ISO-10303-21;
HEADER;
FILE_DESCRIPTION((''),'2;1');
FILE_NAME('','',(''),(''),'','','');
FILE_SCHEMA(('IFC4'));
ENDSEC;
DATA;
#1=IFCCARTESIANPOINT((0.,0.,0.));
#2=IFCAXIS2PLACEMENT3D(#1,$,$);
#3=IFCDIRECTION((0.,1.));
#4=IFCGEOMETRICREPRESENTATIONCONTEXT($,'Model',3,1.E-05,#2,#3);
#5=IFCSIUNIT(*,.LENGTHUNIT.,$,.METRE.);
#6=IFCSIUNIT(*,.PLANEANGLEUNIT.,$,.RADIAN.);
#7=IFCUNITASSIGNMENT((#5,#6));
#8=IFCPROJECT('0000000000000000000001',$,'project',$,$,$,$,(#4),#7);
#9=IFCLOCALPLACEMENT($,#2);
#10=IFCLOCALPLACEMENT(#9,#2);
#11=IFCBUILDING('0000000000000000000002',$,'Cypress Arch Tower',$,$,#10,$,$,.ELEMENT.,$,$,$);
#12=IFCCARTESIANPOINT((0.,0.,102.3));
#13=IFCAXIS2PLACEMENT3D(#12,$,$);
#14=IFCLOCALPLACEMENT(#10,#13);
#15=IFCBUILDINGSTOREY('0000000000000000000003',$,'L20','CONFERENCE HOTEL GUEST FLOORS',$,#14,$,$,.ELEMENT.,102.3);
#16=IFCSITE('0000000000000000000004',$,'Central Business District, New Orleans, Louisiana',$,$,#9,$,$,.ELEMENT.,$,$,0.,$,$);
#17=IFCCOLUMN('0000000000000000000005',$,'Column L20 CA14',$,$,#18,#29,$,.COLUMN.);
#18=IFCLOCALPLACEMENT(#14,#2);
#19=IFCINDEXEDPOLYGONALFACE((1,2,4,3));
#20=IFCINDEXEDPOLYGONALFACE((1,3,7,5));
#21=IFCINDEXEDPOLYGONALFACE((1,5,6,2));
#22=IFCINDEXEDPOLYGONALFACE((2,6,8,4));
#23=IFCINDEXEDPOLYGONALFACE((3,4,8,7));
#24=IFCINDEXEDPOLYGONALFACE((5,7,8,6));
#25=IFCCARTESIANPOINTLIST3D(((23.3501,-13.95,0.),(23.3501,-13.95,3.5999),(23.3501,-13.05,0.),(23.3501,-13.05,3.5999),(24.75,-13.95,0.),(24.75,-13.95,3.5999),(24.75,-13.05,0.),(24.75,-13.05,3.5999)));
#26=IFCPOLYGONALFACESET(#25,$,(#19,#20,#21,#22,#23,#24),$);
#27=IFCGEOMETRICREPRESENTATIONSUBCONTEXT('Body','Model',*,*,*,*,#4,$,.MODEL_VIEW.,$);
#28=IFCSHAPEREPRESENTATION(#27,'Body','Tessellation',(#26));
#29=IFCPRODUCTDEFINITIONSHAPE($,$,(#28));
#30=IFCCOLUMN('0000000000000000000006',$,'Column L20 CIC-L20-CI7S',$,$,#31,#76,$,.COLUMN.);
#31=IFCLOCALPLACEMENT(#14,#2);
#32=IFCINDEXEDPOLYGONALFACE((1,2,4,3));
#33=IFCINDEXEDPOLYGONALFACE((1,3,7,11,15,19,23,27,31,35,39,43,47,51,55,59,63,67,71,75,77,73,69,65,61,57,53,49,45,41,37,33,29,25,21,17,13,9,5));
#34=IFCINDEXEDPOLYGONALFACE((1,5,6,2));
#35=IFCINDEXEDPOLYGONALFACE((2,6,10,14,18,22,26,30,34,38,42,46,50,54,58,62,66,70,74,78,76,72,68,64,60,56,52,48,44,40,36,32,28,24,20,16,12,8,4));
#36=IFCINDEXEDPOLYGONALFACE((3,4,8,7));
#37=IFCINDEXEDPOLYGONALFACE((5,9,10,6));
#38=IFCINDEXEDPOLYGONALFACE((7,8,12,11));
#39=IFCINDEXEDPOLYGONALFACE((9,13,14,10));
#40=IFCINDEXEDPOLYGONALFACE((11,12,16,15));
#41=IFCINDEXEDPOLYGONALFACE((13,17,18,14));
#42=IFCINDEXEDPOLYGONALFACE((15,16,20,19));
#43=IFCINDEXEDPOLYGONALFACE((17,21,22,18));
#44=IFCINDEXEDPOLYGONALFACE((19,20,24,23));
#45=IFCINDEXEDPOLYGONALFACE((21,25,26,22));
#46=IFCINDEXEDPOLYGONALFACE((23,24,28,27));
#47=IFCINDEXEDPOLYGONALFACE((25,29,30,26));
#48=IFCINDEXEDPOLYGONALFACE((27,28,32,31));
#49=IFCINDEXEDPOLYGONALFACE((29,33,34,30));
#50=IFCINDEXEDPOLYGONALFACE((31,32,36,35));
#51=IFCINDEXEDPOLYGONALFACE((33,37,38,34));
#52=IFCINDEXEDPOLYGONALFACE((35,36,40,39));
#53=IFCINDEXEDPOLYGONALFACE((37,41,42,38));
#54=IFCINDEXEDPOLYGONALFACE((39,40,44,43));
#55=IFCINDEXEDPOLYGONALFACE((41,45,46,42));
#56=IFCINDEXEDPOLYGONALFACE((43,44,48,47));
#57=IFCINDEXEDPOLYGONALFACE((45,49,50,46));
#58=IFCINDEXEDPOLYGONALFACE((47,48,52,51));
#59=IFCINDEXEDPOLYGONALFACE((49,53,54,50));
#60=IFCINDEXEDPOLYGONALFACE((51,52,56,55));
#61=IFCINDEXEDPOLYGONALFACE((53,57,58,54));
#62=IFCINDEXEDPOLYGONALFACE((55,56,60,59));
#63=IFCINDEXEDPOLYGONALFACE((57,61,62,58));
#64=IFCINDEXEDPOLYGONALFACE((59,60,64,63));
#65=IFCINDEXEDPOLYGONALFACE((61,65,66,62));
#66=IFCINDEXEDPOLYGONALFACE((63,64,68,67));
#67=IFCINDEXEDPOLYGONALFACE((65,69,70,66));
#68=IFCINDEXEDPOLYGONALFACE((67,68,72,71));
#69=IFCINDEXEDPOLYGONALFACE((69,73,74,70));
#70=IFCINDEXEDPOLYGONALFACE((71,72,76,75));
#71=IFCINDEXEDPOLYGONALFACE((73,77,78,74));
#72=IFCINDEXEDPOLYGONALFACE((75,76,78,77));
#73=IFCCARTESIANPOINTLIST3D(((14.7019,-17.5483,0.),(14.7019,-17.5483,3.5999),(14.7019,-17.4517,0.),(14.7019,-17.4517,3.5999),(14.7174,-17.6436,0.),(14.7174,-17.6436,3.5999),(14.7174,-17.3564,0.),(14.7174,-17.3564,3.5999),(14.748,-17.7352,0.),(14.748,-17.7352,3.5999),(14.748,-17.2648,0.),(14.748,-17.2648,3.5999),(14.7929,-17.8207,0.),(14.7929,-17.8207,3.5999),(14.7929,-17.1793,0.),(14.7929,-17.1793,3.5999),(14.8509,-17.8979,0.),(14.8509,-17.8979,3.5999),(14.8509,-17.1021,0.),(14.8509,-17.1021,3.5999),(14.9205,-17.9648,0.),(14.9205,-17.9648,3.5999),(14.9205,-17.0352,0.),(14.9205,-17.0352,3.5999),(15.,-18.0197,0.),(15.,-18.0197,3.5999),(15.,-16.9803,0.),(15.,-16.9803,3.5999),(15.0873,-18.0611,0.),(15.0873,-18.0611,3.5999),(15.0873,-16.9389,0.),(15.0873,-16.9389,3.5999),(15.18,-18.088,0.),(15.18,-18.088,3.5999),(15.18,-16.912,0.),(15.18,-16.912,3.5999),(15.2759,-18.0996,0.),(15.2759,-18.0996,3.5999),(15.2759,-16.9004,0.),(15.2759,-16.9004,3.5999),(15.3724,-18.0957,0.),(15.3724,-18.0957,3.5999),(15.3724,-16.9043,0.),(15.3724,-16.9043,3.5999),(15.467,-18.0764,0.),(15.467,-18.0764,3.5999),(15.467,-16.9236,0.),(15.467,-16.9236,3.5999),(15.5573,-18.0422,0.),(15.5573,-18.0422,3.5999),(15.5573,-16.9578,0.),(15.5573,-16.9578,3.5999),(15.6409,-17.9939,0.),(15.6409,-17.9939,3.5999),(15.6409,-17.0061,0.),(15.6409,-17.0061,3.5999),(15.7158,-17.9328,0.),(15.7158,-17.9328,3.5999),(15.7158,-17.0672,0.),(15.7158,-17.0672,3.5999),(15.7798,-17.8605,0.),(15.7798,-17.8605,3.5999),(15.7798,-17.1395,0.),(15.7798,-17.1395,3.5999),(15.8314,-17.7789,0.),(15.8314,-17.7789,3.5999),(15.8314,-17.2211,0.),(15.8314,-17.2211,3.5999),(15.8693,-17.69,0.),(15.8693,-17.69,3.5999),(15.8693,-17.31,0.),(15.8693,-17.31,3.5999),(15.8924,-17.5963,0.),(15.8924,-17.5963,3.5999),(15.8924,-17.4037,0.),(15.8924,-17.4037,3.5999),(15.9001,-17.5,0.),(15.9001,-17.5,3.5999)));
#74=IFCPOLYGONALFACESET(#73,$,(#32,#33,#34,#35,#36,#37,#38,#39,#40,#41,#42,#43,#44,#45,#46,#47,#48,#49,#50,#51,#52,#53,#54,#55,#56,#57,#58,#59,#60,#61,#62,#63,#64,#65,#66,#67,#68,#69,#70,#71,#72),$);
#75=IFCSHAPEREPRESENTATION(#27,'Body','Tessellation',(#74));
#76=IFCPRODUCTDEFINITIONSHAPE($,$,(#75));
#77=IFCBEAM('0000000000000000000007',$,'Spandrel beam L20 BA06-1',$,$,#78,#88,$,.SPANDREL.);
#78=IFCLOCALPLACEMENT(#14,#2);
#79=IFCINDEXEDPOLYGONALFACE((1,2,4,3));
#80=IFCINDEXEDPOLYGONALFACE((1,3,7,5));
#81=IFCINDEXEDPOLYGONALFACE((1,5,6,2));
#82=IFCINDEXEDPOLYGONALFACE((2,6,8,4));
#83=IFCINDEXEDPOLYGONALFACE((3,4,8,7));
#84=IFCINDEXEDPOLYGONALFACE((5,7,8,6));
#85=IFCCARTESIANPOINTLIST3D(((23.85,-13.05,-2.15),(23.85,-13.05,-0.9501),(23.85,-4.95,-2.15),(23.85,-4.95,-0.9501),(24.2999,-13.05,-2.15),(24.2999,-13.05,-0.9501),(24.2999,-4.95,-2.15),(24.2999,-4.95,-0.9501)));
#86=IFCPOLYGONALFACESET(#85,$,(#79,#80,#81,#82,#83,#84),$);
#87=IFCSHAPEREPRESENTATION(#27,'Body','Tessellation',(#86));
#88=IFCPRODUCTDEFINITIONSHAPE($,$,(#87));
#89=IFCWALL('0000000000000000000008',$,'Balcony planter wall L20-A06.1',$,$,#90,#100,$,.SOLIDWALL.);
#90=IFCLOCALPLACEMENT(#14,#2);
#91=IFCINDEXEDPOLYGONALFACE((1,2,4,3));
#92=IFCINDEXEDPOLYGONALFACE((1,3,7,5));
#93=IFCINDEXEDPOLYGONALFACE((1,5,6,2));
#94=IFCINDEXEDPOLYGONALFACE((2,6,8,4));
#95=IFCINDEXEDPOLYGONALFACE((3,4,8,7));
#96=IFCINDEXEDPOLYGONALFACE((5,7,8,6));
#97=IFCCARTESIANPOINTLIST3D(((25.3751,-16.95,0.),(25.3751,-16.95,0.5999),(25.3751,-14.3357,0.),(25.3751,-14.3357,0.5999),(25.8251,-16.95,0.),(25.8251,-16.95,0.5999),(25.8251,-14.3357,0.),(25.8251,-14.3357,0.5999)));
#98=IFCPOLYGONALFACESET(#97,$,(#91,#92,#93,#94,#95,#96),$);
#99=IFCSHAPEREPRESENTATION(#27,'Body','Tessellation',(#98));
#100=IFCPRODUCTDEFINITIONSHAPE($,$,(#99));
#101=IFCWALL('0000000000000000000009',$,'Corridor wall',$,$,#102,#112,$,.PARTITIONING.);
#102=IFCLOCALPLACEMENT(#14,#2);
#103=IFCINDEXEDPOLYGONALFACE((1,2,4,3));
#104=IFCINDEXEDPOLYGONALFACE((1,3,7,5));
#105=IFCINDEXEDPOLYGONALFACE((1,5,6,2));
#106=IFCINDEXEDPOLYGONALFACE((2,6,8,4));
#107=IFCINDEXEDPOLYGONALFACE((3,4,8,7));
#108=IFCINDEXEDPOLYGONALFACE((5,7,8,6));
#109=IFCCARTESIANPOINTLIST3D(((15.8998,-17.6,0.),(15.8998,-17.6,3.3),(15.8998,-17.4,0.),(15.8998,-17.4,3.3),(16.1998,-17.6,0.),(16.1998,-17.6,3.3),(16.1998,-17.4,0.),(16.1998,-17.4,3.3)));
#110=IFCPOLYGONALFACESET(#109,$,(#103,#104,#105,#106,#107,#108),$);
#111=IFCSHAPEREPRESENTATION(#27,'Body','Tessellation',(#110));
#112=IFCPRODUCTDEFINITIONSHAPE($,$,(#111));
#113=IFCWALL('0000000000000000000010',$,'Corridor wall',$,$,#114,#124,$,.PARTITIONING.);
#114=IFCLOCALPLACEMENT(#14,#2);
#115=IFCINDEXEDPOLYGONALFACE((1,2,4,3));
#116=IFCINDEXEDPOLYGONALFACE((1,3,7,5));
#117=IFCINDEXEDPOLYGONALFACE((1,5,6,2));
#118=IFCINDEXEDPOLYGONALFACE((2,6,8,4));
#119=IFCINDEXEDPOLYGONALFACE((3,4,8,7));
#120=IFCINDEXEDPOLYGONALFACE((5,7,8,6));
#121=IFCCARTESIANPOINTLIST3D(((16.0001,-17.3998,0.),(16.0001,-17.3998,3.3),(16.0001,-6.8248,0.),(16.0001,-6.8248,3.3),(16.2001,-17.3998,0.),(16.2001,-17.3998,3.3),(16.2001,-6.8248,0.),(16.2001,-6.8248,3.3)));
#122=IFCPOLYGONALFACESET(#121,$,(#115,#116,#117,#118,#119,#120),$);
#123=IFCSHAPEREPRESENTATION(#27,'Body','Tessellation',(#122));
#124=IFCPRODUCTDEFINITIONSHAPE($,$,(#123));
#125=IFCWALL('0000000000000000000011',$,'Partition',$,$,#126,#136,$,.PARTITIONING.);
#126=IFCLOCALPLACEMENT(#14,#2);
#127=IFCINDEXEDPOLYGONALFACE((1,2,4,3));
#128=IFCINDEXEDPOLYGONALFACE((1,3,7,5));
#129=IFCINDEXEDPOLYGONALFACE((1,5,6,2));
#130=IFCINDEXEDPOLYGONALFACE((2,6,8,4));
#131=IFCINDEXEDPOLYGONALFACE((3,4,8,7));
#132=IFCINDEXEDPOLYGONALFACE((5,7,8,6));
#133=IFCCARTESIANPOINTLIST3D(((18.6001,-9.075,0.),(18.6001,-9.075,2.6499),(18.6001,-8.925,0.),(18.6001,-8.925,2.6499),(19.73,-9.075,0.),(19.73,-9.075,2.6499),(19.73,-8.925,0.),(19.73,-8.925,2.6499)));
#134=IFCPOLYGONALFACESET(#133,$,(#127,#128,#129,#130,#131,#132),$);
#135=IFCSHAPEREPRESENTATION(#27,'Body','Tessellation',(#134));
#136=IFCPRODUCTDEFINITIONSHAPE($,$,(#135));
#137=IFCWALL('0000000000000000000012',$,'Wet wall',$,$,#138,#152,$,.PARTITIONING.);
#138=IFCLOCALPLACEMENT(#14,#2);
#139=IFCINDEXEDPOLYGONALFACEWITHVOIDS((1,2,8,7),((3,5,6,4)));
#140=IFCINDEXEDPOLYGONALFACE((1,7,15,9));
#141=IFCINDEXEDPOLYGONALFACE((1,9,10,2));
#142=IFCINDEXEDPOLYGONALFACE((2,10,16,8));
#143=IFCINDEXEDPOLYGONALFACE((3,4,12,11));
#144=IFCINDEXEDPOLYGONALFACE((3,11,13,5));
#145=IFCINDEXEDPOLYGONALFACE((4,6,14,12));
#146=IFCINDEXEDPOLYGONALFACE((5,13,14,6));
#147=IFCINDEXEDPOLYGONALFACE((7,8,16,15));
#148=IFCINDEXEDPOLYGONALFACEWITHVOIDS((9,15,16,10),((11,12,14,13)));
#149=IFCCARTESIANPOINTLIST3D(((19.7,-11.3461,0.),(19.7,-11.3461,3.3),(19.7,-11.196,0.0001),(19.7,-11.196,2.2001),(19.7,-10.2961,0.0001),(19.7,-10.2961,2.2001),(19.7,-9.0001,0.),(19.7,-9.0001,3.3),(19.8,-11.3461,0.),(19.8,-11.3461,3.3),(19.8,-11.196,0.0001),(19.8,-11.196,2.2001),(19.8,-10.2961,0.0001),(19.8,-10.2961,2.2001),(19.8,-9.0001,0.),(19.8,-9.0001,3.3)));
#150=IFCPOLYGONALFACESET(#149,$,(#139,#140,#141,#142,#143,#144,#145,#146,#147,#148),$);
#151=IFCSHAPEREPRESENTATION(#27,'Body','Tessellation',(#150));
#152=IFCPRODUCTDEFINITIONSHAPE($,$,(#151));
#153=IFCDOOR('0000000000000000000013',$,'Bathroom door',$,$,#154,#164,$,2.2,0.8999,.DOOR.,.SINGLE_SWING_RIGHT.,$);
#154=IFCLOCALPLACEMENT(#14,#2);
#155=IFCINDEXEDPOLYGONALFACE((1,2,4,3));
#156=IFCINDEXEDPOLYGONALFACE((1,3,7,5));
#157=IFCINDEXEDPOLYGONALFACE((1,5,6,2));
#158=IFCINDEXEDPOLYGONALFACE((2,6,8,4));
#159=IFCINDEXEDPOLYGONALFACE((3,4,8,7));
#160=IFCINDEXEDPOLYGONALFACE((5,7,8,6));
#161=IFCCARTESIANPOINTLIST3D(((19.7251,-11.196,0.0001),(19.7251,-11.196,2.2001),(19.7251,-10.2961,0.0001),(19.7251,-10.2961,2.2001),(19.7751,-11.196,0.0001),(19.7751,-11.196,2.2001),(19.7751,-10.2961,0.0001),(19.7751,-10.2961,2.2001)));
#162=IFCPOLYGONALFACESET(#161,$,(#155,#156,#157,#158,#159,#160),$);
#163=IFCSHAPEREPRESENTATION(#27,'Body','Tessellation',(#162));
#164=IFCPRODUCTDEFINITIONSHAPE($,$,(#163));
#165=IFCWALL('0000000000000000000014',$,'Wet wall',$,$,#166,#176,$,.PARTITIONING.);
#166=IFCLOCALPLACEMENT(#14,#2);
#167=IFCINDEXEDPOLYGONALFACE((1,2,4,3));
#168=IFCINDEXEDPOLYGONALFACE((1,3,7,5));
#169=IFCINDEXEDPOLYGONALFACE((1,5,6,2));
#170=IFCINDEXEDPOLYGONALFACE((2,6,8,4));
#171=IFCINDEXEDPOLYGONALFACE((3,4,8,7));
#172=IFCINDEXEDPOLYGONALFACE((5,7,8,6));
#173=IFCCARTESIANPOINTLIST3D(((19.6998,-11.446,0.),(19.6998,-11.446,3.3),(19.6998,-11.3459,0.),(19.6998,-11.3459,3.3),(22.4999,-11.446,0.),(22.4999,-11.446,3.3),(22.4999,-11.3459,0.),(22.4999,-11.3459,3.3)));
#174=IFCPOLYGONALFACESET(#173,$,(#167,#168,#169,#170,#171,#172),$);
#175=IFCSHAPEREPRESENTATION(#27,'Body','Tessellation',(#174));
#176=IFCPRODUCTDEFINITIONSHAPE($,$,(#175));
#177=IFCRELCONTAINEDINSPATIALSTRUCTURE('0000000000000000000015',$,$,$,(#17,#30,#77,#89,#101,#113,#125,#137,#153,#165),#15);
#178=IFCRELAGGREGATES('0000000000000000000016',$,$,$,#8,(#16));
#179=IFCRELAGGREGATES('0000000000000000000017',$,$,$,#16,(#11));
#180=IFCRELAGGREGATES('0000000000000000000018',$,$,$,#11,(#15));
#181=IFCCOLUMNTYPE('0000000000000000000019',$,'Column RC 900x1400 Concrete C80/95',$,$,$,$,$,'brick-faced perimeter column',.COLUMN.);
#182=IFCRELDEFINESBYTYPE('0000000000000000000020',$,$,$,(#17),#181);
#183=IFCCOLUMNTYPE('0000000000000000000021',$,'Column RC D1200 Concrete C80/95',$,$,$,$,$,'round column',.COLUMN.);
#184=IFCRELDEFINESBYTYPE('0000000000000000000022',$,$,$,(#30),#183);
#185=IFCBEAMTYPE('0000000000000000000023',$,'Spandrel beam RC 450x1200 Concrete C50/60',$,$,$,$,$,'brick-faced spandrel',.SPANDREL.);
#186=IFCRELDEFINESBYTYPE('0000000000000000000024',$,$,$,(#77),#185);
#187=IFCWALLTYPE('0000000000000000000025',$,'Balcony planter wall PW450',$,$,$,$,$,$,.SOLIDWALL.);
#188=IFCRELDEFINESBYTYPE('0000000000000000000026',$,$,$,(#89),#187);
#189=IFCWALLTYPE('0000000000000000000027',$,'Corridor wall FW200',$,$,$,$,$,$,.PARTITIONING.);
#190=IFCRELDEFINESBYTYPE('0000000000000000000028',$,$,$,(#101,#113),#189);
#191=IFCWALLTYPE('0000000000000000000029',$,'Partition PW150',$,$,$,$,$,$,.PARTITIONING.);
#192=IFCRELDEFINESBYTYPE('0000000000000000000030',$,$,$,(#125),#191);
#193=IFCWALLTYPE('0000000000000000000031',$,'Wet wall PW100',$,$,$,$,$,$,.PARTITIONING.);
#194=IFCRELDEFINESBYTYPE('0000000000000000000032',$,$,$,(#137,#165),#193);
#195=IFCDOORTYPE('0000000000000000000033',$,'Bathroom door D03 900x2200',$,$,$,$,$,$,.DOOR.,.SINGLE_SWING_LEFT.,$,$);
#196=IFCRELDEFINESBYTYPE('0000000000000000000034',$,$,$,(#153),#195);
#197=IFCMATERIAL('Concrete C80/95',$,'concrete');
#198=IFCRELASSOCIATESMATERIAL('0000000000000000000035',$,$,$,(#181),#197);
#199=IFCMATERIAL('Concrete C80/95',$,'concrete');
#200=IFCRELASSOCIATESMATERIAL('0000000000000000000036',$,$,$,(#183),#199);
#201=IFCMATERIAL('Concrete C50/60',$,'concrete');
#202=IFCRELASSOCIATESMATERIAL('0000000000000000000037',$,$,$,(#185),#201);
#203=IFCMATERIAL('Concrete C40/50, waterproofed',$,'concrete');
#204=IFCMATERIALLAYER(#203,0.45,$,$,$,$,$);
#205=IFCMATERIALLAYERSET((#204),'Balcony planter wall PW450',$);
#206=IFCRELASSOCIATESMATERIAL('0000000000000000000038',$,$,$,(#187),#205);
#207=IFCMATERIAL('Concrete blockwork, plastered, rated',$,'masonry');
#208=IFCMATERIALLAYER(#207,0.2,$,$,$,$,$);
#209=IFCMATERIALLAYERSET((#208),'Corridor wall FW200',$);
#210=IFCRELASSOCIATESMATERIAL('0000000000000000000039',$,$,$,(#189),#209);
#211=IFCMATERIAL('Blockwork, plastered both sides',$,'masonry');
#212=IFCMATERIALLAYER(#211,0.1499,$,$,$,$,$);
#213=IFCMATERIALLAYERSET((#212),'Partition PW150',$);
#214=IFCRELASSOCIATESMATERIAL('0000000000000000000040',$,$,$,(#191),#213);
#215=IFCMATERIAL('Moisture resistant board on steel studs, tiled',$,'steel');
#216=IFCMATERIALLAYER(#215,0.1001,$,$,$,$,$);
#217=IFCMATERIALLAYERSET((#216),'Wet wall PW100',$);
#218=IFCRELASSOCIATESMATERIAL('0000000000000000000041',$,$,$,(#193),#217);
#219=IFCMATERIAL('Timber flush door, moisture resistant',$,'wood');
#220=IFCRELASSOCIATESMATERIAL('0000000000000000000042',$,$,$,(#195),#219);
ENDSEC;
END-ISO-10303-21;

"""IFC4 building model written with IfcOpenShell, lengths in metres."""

from ifc_helpers import new_model, si_unit, direction, frame, frame_2d, origin, origin_2d, place, context, subcontext, project, spatial, rectangle, circle, extrude, material, layer, layer_set, material_profile, profile_set, type_object, element, fill, save


model = new_model("IFC4")

# Units and contexts
model_context = context("Model", 3, precision=1e-05, world=origin(), true_north=direction((0.0, 1.0)))
body_context = subcontext(model_context, "Body", "Model", "MODEL_VIEW")
ifc_project = project(units=[si_unit("LENGTHUNIT", "METRE"), si_unit("PLANEANGLEUNIT", "RADIAN")], contexts=[model_context])

# Site, building, storey
site_placement = place(None, origin())
site = spatial("IfcSite", under=ifc_project, at=site_placement, Name="Central Business District, New Orleans, Louisiana", CompositionType="ELEMENT", RefElevation=0.0)
building_placement = place(site_placement, origin())
building = spatial("IfcBuilding", under=site, at=building_placement, Name="Cypress Arch Tower", CompositionType="ELEMENT")
storey_placement = place(building_placement, frame((0.0, 0.0, 102.3)))
storey = spatial("IfcBuildingStorey", under=building, at=storey_placement, Name="L20", Description="CONFERENCE HOTEL GUEST FLOORS", CompositionType="ELEMENT", Elevation=102.3)

# Columns
ifc_material_1 = material(Name="Concrete C80/95", Category="concrete")
ifc_material_profile_1 = material_profile(ifc_material_1, rectangle(XDim=0.8999, YDim=1.3999, at=origin_2d()), Name="RC 900x1400")
ifc_profile_set_1 = profile_set([ifc_material_profile_1], Name="Concrete C80/95")
column_type_1 = type_object("IfcColumnType", Name="Column RC 900x1400 Concrete C80/95", ElementType="brick-faced perimeter column", PredefinedType="COLUMN", material=ifc_profile_set_1)
column_1_placement = place(storey_placement, frame((24.05, -13.5, 0.0), z_axis=(0.0, 0.0, 1.0), x_axis=(0.0, 1.0, 0.0)))
element("IfcColumn", 1, at=column_1_placement, inside=storey, type_object=column_type_1, Name="Column L20 CA14", PredefinedType="COLUMN", context=body_context, shape_type="SweptSolid", body=[
    extrude(rectangle(XDim=0.8999, YDim=1.3999, at=origin_2d()), origin(), (0.0, 0.0, 1.0), 3.5999),
])
ifc_material_2 = material(Name="Concrete C80/95", Category="concrete")
ifc_material_profile_2 = material_profile(ifc_material_2, circle(Radius=0.6001, at=origin_2d()), Name="RC D1200")
ifc_profile_set_2 = profile_set([ifc_material_profile_2], Name="Concrete C80/95")
column_type_2 = type_object("IfcColumnType", Name="Column RC D1200 Concrete C80/95", ElementType="round column", PredefinedType="COLUMN", material=ifc_profile_set_2)
column_2_placement = place(storey_placement, frame((15.3, -17.5, 0.0), z_axis=(0.0, 0.0, 1.0), x_axis=(1.0, 0.0, 0.0)))
element("IfcColumn", 2, at=column_2_placement, inside=storey, type_object=column_type_2, Name="Column L20 CIC-L20-CI7S", PredefinedType="COLUMN", context=body_context, shape_type="SweptSolid", body=[
    extrude(circle(Radius=0.6001, at=origin_2d()), origin(), (0.0, 0.0, 1.0), 3.5999),
])

# Beam
ifc_material_3 = material(Name="Concrete C50/60", Category="concrete")
ifc_material_profile_3 = material_profile(ifc_material_3, rectangle(XDim=0.45, YDim=1.2, at=origin_2d()), Name="RC 450x1200")
ifc_profile_set_3 = profile_set([ifc_material_profile_3], Name="Concrete C50/60")
beam_type = type_object("IfcBeamType", Name="Spandrel beam RC 450x1200 Concrete C50/60", ElementType="brick-faced spandrel", PredefinedType="SPANDREL", material=ifc_profile_set_3)
beam_placement = place(storey_placement, frame((24.075, -13.05, -1.55), z_axis=(0.0, 1.0, 0.0), x_axis=(-1.0, 0.0, 0.0)))
element("IfcBeam", 3, at=beam_placement, inside=storey, type_object=beam_type, Name="Spandrel beam L20 BA06-1", PredefinedType="SPANDREL", context=body_context, shape_type="SweptSolid", body=[
    extrude(rectangle(XDim=0.45, YDim=1.2, at=origin_2d()), origin(), (0.0, 0.0, 1.0), 8.1001),
])

# Wall
ifc_material_4 = material(Name="Concrete C40/50, waterproofed", Category="concrete")
ifc_layer_1 = layer(ifc_material_4, 0.45)
ifc_layer_set_1 = layer_set([ifc_layer_1], Name="Balcony planter wall PW450")
wall_type_1 = type_object("IfcWallType", Name="Balcony planter wall PW450", PredefinedType="SOLIDWALL", material=ifc_layer_set_1)
wall_1_placement = place(storey_placement, frame((25.6001, -16.95, 0.0), z_axis=(0.0, 0.0, 1.0), x_axis=(0.0, 1.0, 0.0)))
element("IfcWall", 4, at=wall_1_placement, inside=storey, type_object=wall_type_1, Name="Balcony planter wall L20-A06.1", PredefinedType="SOLIDWALL", context=body_context, shape_type="SweptSolid", body=[
    extrude(rectangle(XDim=2.6143, YDim=0.45, at=frame_2d((1.3071, 0.0))), origin(), (0.0, 0.0, 1.0), 0.5999),
])

# Walls
ifc_material_5 = material(Name="Concrete blockwork, plastered, rated", Category="masonry")
ifc_layer_2 = layer(ifc_material_5, 0.2)
ifc_layer_set_2 = layer_set([ifc_layer_2], Name="Corridor wall FW200")
wall_type_2 = type_object("IfcWallType", Name="Corridor wall FW200", PredefinedType="PARTITIONING", material=ifc_layer_set_2)
wall_2_placement = place(storey_placement, frame((15.8999, -17.5, 0.0), z_axis=(0.0, 0.0, 1.0), x_axis=(1.0, 0.0, 0.0)))
element("IfcWall", 5, at=wall_2_placement, inside=storey, type_object=wall_type_2, Name="Corridor wall", PredefinedType="PARTITIONING", context=body_context, shape_type="SweptSolid", body=[
    extrude(rectangle(XDim=0.3, YDim=0.2, at=frame_2d((0.1499, 0.0))), origin(), (0.0, 0.0, 1.0), 3.3),
])
wall_3_placement = place(storey_placement, frame((16.1001, -17.3999, 0.0), z_axis=(0.0, 0.0, 1.0), x_axis=(0.0, 1.0, 0.0)))
element("IfcWall", 6, at=wall_3_placement, inside=storey, type_object=wall_type_2, Name="Corridor wall", PredefinedType="PARTITIONING", context=body_context, shape_type="SweptSolid", body=[
    extrude(rectangle(XDim=10.575, YDim=0.2, at=frame_2d((5.2876, 0.0))), origin(), (0.0, 0.0, 1.0), 3.3),
])
ifc_material_6 = material(Name="Blockwork, plastered both sides", Category="masonry")
ifc_layer_3 = layer(ifc_material_6, 0.1499)
ifc_layer_set_3 = layer_set([ifc_layer_3], Name="Partition PW150")
wall_type_3 = type_object("IfcWallType", Name="Partition PW150", PredefinedType="PARTITIONING", material=ifc_layer_set_3)
wall_4_placement = place(storey_placement, frame((18.6001, -9.0, 0.0), z_axis=(0.0, 0.0, 1.0), x_axis=(1.0, 0.0, 0.0)))
element("IfcWall", 7, at=wall_4_placement, inside=storey, type_object=wall_type_3, Name="Partition", PredefinedType="PARTITIONING", context=body_context, shape_type="SweptSolid", body=[
    extrude(rectangle(XDim=1.1299, YDim=0.1499, at=frame_2d((0.5649, 0.0))), origin(), (0.0, 0.0, 1.0), 2.6499),
])

# Wall, opening, door
ifc_material_7 = material(Name="Moisture resistant board on steel studs, tiled", Category="steel")
ifc_layer_4 = layer(ifc_material_7, 0.1001)
ifc_layer_set_4 = layer_set([ifc_layer_4], Name="Wet wall PW100")
wall_type_4 = type_object("IfcWallType", Name="Wet wall PW100", PredefinedType="PARTITIONING", material=ifc_layer_set_4)
wall_5_placement = place(storey_placement, frame((19.75, -11.3459, 0.0), z_axis=(0.0, 0.0, 1.0), x_axis=(0.0, 1.0, 0.0)))
wall_5 = element("IfcWall", 8, at=wall_5_placement, inside=storey, type_object=wall_type_4, Name="Wet wall", PredefinedType="PARTITIONING", context=body_context, shape_type="SweptSolid", body=[
    extrude(rectangle(XDim=2.3459, YDim=0.1001, at=frame_2d((1.1729, 0.0))), origin(), (0.0, 0.0, 1.0), 3.3),
])
opening_1_placement = place(wall_5_placement, frame((0.1499, 0.0, 0.0)))
opening_1 = element("IfcOpeningElement", 9, at=opening_1_placement, cuts=wall_5, PredefinedType="OPENING", context=body_context, shape_type="SweptSolid", body=[
    extrude(rectangle(XDim=0.8999, YDim=2.2, at=frame_2d((0.45, 1.1001))), frame((0.0, 0.0601, 0.0), z_axis=(0.0, -1.0, 0.0), x_axis=(1.0, 0.0, 0.0)), (0.0, 0.0, 1.0), 0.1201),
])
ifc_material_8 = material(Name="Timber flush door, moisture resistant", Category="wood")
door_type_1 = type_object("IfcDoorType", Name="Bathroom door D03 900x2200", OperationType="SINGLE_SWING_LEFT", PredefinedType="DOOR", material=ifc_material_8)
door_1_placement = place(opening_1_placement, origin())
door_1 = element("IfcDoor", 10, at=door_1_placement, inside=storey, type_object=door_type_1, Name="Bathroom door", OperationType="SINGLE_SWING_RIGHT", OverallHeight=2.2, OverallWidth=0.8999, PredefinedType="DOOR", context=body_context, shape_type="SweptSolid", body=[
    extrude(rectangle(XDim=0.8999, YDim=2.2, at=frame_2d((0.45, 1.1001))), frame((0.0, 0.0249, 0.0), z_axis=(0.0, -1.0, 0.0), x_axis=(1.0, 0.0, 0.0)), (0.0, 0.0, 1.0), 0.05),
])
fill(opening_1, door_1)

# Wall
wall_6_placement = place(storey_placement, frame((19.7, -11.396, 0.0), z_axis=(0.0, 0.0, 1.0), x_axis=(1.0, 0.0, 0.0)))
element("IfcWall", 11, at=wall_6_placement, inside=storey, type_object=wall_type_4, Name="Wet wall", PredefinedType="PARTITIONING", context=body_context, shape_type="SweptSolid", body=[
    extrude(rectangle(XDim=2.8, YDim=0.1001, at=frame_2d((1.3999, 0.0))), origin(), (0.0, 0.0, 1.0), 3.3),
])

save(model, "model.ifc")
